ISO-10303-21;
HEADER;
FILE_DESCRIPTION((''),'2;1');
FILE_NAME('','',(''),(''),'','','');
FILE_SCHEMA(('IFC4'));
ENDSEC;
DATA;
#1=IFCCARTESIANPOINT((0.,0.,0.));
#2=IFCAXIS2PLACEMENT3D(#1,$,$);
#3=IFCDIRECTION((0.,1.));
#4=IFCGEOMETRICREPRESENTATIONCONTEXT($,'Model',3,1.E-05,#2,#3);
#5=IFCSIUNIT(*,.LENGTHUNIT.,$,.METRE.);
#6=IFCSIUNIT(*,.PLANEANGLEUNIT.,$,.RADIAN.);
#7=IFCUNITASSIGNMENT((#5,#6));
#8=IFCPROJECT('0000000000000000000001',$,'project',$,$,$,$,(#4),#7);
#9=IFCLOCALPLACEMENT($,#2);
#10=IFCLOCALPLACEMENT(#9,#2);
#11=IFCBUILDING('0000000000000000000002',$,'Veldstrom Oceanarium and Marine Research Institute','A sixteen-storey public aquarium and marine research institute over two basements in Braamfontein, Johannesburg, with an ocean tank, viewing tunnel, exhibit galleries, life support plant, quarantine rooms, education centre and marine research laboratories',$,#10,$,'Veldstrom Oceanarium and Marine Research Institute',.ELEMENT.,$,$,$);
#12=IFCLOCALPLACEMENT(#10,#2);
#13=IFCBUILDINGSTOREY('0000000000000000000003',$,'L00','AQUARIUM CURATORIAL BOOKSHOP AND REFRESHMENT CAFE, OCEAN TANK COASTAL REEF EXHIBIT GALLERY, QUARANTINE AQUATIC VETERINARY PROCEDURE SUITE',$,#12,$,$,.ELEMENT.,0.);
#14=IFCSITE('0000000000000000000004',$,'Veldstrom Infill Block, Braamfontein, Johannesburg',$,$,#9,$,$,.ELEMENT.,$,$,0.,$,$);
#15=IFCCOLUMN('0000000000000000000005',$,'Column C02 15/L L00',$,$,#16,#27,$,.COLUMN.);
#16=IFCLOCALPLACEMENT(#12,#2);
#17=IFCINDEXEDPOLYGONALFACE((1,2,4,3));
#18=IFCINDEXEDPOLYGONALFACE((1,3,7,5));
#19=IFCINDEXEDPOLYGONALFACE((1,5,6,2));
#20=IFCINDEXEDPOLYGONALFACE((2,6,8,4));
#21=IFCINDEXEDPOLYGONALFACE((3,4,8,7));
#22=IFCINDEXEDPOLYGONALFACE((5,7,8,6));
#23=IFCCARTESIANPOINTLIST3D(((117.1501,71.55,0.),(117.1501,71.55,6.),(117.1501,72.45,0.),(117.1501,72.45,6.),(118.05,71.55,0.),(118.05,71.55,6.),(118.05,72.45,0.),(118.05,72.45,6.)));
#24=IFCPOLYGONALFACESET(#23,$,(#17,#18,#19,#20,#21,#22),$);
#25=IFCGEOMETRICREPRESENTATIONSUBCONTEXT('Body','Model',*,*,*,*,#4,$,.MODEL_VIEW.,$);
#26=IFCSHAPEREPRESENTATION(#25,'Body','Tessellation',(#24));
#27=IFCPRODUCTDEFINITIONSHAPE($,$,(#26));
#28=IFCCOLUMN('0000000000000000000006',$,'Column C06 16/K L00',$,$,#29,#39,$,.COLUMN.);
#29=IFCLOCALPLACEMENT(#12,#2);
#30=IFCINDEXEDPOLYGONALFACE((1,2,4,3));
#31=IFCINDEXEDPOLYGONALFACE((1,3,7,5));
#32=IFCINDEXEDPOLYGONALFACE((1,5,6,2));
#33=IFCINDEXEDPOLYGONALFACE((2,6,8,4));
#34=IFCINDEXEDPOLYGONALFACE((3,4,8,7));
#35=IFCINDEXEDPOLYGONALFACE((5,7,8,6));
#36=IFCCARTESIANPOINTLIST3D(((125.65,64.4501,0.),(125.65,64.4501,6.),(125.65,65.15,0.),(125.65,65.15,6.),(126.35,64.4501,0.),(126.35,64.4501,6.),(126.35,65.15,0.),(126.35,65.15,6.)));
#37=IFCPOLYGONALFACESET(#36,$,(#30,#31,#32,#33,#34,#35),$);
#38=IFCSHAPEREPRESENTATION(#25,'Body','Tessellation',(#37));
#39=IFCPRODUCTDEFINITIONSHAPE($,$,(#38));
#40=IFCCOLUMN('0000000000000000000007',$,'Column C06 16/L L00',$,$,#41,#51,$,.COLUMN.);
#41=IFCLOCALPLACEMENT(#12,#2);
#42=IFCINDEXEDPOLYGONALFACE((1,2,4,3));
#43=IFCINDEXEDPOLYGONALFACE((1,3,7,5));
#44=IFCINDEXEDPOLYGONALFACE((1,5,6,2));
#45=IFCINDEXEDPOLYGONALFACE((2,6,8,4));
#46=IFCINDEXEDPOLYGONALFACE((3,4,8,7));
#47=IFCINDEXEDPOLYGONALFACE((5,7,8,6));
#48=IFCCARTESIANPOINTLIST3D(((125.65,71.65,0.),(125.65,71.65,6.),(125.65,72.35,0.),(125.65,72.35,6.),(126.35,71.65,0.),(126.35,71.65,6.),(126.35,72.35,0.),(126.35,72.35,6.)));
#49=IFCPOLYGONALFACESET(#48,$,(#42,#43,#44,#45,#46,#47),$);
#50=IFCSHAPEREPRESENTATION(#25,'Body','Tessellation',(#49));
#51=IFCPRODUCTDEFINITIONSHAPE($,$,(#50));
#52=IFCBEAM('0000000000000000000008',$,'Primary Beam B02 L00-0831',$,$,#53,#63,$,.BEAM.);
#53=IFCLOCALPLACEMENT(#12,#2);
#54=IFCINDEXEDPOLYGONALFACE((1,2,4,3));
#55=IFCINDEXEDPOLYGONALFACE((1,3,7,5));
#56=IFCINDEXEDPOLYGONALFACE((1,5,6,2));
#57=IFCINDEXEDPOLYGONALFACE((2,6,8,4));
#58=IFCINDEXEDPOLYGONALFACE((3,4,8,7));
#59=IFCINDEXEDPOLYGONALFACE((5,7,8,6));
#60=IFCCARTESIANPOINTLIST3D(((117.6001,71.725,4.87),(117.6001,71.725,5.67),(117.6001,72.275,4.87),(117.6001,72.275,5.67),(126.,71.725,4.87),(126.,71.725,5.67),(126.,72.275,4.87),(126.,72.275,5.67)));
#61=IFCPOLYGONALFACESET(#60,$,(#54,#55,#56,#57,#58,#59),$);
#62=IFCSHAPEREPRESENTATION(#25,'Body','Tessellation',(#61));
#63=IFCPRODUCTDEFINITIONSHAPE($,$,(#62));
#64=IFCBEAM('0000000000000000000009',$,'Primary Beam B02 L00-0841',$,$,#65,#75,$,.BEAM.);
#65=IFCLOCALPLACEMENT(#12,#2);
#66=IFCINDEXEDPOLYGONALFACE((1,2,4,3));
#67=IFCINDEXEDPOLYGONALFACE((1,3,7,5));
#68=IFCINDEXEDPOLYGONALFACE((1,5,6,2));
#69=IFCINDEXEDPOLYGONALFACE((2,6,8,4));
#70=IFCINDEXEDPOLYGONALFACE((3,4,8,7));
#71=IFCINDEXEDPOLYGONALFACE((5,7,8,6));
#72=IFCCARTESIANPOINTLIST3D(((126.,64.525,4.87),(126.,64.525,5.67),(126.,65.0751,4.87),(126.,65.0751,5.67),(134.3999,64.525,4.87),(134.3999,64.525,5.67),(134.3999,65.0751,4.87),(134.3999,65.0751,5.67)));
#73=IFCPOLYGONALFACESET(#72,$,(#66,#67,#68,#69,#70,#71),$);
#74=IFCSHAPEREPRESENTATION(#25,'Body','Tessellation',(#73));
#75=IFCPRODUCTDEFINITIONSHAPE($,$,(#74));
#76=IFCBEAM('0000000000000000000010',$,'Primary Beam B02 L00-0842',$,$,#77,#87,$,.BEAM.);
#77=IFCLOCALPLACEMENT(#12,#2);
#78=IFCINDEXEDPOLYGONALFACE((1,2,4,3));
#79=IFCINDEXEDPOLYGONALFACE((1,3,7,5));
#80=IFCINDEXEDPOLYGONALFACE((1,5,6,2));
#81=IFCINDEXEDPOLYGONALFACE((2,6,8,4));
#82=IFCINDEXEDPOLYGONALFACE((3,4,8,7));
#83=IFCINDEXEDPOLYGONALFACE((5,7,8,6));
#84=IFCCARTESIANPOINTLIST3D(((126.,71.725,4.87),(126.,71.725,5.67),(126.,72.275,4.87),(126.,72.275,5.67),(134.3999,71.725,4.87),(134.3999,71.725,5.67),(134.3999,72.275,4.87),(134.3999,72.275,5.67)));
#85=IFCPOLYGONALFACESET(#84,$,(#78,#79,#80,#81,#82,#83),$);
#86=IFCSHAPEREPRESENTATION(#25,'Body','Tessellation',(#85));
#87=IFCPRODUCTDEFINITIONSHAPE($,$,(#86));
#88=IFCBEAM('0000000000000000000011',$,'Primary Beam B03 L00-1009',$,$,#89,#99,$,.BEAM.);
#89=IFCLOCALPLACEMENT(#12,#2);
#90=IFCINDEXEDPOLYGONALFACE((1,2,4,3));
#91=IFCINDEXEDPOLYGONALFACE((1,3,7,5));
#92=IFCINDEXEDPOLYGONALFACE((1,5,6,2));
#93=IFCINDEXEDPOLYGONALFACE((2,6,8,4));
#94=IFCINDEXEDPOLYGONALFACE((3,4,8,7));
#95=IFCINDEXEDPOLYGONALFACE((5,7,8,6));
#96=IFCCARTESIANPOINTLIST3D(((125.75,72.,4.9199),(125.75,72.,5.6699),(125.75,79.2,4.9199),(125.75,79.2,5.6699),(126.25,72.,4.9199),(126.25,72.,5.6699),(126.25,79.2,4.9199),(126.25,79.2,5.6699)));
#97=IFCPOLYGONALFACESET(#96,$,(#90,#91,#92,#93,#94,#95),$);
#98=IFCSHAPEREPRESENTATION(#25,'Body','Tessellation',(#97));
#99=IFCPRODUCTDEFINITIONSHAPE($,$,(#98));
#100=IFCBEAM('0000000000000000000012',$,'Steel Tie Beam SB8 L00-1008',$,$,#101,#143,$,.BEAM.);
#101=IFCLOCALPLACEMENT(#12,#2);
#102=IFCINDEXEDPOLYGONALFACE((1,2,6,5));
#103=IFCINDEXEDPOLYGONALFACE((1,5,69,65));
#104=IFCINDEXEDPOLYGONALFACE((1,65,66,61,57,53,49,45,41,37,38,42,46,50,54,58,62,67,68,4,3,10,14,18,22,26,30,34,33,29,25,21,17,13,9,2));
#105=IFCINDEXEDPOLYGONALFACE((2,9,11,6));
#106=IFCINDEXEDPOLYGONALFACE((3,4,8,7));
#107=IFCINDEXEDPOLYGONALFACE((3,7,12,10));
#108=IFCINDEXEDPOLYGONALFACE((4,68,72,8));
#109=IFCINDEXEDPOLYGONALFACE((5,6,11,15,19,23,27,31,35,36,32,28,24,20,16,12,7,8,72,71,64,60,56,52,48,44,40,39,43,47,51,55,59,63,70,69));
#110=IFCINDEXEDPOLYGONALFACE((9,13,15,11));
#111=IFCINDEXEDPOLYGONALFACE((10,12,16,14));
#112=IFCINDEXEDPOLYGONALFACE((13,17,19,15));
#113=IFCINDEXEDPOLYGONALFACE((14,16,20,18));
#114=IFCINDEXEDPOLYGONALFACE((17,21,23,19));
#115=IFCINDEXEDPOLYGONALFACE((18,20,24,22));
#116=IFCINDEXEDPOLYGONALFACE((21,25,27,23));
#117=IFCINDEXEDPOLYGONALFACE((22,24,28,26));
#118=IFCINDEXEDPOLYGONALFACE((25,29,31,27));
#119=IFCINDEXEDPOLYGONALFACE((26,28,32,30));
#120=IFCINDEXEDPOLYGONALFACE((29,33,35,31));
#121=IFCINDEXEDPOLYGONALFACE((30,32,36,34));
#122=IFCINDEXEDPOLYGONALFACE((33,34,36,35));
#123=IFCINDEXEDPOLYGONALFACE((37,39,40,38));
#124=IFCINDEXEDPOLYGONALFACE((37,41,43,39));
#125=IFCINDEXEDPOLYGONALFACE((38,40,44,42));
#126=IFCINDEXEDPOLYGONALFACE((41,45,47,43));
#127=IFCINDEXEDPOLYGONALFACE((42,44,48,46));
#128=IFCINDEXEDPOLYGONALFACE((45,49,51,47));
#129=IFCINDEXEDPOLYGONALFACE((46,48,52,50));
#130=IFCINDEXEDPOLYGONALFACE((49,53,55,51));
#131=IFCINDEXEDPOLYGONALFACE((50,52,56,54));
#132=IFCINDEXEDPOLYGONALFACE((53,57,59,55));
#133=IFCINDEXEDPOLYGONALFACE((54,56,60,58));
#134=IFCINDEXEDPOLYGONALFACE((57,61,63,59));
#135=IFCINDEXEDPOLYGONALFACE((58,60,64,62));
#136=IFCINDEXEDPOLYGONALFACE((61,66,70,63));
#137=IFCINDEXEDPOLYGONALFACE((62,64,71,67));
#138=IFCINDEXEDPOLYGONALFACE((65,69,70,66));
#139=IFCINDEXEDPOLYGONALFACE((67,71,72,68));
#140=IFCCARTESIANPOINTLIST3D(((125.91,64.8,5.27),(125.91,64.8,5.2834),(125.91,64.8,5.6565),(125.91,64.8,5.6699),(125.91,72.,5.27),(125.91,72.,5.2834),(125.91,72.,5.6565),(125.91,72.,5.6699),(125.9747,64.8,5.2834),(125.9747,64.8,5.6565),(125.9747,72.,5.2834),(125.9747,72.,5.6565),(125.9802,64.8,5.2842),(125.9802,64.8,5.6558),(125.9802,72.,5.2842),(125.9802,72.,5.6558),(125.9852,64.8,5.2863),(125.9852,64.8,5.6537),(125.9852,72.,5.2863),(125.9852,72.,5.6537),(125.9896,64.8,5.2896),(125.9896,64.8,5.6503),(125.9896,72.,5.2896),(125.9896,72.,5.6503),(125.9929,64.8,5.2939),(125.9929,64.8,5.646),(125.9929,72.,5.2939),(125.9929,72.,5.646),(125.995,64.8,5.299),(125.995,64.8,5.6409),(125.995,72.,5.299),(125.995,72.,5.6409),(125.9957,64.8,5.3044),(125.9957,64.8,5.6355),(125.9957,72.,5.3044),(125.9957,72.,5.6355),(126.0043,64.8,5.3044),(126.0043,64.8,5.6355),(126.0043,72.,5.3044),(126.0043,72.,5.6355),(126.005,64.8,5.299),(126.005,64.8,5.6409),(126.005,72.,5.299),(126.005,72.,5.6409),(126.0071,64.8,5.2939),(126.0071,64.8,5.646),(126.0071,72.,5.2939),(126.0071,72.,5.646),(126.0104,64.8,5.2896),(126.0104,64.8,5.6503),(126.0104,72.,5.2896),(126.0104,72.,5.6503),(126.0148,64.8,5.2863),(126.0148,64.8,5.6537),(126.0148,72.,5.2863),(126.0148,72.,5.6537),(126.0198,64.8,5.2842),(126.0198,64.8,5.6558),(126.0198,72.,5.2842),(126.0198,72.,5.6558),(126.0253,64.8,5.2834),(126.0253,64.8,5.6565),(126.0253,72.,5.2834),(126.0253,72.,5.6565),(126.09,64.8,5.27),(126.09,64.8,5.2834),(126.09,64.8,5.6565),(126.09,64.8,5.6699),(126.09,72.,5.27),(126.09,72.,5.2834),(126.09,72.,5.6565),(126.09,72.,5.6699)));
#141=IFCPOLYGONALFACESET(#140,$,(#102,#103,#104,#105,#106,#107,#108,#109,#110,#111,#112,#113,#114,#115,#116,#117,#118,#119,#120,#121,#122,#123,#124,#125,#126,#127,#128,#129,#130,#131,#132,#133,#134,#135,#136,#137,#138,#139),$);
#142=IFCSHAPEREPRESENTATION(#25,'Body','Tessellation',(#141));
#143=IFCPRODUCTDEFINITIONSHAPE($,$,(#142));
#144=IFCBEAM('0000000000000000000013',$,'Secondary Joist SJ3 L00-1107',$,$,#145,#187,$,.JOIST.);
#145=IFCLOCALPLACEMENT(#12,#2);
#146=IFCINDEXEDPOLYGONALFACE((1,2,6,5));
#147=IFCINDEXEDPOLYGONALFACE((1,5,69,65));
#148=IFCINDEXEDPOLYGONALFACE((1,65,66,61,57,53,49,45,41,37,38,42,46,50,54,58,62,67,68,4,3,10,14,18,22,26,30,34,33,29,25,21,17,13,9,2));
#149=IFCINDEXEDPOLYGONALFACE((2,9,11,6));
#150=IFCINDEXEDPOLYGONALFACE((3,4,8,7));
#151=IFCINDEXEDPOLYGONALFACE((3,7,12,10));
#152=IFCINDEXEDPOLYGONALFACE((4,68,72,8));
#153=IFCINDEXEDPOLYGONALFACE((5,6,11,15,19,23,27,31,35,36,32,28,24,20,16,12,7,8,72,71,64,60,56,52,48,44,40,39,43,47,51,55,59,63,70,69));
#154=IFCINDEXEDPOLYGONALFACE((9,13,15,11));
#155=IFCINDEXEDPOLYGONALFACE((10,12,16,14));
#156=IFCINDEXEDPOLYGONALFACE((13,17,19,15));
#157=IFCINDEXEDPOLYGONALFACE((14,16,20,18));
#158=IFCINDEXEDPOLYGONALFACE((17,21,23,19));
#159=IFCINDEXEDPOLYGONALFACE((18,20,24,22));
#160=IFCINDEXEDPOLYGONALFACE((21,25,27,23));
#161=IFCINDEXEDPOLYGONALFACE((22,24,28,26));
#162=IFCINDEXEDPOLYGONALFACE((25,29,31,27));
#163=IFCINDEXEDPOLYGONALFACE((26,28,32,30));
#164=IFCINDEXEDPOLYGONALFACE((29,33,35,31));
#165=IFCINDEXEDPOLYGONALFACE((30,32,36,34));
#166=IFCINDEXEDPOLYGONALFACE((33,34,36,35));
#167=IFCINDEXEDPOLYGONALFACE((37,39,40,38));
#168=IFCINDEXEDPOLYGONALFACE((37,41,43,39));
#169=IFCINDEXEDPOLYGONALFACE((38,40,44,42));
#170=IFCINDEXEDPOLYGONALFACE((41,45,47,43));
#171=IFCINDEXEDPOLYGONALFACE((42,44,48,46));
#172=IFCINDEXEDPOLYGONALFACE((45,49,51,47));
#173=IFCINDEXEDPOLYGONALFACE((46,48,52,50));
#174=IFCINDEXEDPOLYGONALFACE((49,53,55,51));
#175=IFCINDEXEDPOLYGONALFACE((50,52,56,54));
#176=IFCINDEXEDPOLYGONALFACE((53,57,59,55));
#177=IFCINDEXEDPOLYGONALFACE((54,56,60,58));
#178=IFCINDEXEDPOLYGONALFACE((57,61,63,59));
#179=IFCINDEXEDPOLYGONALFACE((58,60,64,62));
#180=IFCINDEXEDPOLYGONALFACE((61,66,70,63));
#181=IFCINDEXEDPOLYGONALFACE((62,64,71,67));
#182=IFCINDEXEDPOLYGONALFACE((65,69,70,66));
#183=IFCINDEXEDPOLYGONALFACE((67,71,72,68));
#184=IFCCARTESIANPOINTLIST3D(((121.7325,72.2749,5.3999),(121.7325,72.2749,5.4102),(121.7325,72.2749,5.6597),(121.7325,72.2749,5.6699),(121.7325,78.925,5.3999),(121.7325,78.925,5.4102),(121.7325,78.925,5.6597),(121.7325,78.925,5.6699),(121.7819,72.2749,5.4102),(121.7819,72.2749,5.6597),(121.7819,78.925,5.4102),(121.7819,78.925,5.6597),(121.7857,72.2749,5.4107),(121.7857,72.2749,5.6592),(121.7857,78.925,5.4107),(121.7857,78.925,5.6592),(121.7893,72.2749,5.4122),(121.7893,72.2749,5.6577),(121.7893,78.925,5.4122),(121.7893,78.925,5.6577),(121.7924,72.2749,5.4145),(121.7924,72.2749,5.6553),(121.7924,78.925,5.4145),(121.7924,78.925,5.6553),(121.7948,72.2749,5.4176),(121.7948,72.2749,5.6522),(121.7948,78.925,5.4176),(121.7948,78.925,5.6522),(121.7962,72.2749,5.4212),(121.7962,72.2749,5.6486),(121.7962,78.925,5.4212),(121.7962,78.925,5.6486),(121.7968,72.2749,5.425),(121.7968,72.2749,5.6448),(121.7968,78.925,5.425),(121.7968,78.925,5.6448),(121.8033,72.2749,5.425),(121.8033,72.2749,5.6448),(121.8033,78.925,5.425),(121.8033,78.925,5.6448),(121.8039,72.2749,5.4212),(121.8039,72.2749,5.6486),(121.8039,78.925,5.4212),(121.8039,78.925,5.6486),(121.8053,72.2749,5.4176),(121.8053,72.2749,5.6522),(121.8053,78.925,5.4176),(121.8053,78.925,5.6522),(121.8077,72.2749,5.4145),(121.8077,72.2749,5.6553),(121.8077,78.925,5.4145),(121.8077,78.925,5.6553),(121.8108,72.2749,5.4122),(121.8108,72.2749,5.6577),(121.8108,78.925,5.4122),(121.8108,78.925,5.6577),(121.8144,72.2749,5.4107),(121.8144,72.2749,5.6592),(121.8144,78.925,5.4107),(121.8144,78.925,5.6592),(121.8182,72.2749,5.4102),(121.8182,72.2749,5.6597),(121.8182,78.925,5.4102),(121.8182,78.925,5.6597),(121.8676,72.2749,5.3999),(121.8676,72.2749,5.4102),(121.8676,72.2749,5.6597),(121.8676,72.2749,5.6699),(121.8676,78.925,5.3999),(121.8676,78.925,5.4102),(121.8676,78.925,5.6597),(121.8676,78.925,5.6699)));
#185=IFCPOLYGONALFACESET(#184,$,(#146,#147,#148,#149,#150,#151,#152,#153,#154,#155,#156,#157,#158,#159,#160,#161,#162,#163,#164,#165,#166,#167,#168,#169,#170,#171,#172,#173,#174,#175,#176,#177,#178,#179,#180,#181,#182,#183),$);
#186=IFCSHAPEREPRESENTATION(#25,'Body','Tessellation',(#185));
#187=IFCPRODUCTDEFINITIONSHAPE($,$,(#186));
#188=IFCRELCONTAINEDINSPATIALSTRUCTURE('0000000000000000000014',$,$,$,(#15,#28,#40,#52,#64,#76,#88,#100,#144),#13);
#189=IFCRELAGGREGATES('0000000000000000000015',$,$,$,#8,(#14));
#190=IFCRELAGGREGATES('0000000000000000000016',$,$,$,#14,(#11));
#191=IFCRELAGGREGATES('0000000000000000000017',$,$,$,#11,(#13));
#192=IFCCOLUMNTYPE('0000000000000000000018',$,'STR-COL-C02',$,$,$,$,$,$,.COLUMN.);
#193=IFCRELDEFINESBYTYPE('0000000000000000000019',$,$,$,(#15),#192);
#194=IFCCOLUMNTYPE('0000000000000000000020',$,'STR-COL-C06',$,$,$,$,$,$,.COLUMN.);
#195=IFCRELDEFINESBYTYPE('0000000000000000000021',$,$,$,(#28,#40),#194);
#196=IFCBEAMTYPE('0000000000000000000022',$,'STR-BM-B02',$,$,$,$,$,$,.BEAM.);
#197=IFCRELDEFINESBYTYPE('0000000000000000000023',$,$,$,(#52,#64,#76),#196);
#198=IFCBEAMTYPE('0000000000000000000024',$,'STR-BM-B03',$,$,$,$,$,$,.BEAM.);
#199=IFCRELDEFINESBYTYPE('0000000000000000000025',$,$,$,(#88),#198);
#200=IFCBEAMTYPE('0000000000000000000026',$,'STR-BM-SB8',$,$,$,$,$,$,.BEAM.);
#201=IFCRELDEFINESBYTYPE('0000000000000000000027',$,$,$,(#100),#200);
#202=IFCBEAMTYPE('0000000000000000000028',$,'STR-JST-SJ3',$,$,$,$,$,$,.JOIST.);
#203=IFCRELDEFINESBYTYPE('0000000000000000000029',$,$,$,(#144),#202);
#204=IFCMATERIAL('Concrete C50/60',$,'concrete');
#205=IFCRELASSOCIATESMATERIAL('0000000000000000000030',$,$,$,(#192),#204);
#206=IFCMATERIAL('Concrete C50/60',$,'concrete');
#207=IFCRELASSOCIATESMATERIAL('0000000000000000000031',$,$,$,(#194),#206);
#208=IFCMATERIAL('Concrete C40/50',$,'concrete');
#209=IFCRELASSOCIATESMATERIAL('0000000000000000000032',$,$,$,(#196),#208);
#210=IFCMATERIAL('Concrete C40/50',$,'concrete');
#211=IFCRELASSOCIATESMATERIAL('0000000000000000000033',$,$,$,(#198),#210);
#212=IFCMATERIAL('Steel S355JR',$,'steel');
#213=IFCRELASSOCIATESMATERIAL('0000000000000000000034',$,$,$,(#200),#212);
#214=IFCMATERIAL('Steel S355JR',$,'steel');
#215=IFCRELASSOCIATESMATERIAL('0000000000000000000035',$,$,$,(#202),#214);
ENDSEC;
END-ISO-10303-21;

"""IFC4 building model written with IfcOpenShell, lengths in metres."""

from ifc_helpers import new_model, si_unit, direction, frame, origin, origin_2d, place, context, subcontext, project, spatial, rectangle, i_section, extrude, material, material_profile, profile_set, type_object, element, save


model = new_model("IFC4")

# Units and contexts
model_context = context("Model", 3, precision=1e-05, world=origin(), true_north=direction((0.0, 1.0)))
body_context = subcontext(model_context, "Body", "Model", "MODEL_VIEW")
ifc_project = project(units=[si_unit("LENGTHUNIT", "METRE"), si_unit("PLANEANGLEUNIT", "RADIAN")], contexts=[model_context])

# Site, building, storey
site_placement = place(None, origin())
site = spatial("IfcSite", under=ifc_project, at=site_placement, Name="Veldstrom Infill Block, Braamfontein, Johannesburg", CompositionType="ELEMENT", RefElevation=0.0)
building_placement = place(site_placement, origin())
building = spatial("IfcBuilding", under=site, at=building_placement, Name="Veldstrom Oceanarium and Marine Research Institute", Description="A sixteen-storey public aquarium and marine research institute over two basements in Braamfontein, Johannesburg, with an ocean tank, viewing tunnel, exhibit galleries, life support plant, quarantine rooms, education centre and marine research laboratories", LongName="Veldstrom Oceanarium and Marine Research Institute", CompositionType="ELEMENT")
storey_placement = place(building_placement, origin())
storey = spatial("IfcBuildingStorey", under=building, at=storey_placement, Name="L00", Description="AQUARIUM CURATORIAL BOOKSHOP AND REFRESHMENT CAFE, OCEAN TANK COASTAL REEF EXHIBIT GALLERY, QUARANTINE AQUATIC VETERINARY PROCEDURE SUITE", CompositionType="ELEMENT", Elevation=0.0)

# Columns
ifc_material_1 = material(Name="Concrete C50/60", Category="concrete")
ifc_material_profile_1 = material_profile(ifc_material_1, rectangle(XDim=0.8999, YDim=0.8999, at=origin_2d()), Name="RC-COL-900x900")
ifc_profile_set_1 = profile_set([ifc_material_profile_1], Name="Concrete C50/60")
column_type_1 = type_object("IfcColumnType", Name="STR-COL-C02", PredefinedType="COLUMN", material=ifc_profile_set_1)
column_placement = place(storey_placement, frame((117.6001, 72.0, 0.0), z_axis=(0.0, 0.0, 1.0), x_axis=(1.0, 0.0, 0.0)))
element("IfcColumn", 1, at=column_placement, inside=storey, type_object=column_type_1, Name="Column C02 15/L L00", PredefinedType="COLUMN", context=body_context, shape_type="SweptSolid", body=[
    extrude(rectangle(XDim=0.8999, YDim=0.8999, at=origin_2d()), origin(), (0.0, 0.0, 1.0), 6.0),
])
ifc_material_2 = material(Name="Concrete C50/60", Category="concrete")
ifc_material_profile_2 = material_profile(ifc_material_2, rectangle(XDim=0.7, YDim=0.7, at=origin_2d()), Name="RC-COL-700x700")
ifc_profile_set_2 = profile_set([ifc_material_profile_2], Name="Concrete C50/60")
column_type_2 = type_object("IfcColumnType", Name="STR-COL-C06", PredefinedType="COLUMN", material=ifc_profile_set_2)
for number, where, z_axis, x_axis, name in (
    (2, (126.0, 64.8, 0.0), (0.0, 0.0, 1.0), (1.0, 0.0, 0.0), "Column C06 16/K L00"),
    (3, (126.0, 72.0, 0.0), (0.0, 0.0, 1.0), (1.0, 0.0, 0.0), "Column C06 16/L L00"),
):
    element("IfcColumn", number, at=place(storey_placement, frame(where, z_axis=z_axis, x_axis=x_axis)), inside=storey, type_object=column_type_2, Name=name, PredefinedType="COLUMN", context=body_context, shape_type="SweptSolid", body=[
        extrude(rectangle(XDim=0.7, YDim=0.7, at=origin_2d()), origin(), (0.0, 0.0, 1.0), 6.0),
    ])

# Beams
ifc_material_3 = material(Name="Concrete C40/50", Category="concrete")
ifc_material_profile_3 = material_profile(ifc_material_3, rectangle(XDim=0.55, YDim=0.8, at=origin_2d()), Name="RC-BM-550x800")
ifc_profile_set_3 = profile_set([ifc_material_profile_3], Name="Concrete C40/50")
beam_type_1 = type_object("IfcBeamType", Name="STR-BM-B02", PredefinedType="BEAM", material=ifc_profile_set_3)
for number, where, z_axis, x_axis, name in (
    (4, (117.6001, 72.0, 5.27), (1.0, 0.0, 0.0), (0.0, 1.0, 0.0), "Primary Beam B02 L00-0831"),
    (5, (126.0, 64.8, 5.27), (1.0, 0.0, 0.0), (0.0, 1.0, 0.0), "Primary Beam B02 L00-0841"),
    (6, (126.0, 72.0, 5.27), (1.0, 0.0, 0.0), (0.0, 1.0, 0.0), "Primary Beam B02 L00-0842"),
):
    element("IfcBeam", number, at=place(storey_placement, frame(where, z_axis=z_axis, x_axis=x_axis)), inside=storey, type_object=beam_type_1, Name=name, PredefinedType="BEAM", context=body_context, shape_type="SweptSolid", body=[
        extrude(rectangle(XDim=0.55, YDim=0.8, at=origin_2d()), origin(), (0.0, 0.0, 1.0), 8.3999),
    ])
ifc_material_4 = material(Name="Concrete C40/50", Category="concrete")
ifc_material_profile_4 = material_profile(ifc_material_4, rectangle(XDim=0.5, YDim=0.75, at=origin_2d()), Name="RC-BM-500x750")
ifc_profile_set_4 = profile_set([ifc_material_profile_4], Name="Concrete C40/50")
beam_type_2 = type_object("IfcBeamType", Name="STR-BM-B03", PredefinedType="BEAM", material=ifc_profile_set_4)
beam_1_placement = place(storey_placement, frame((126.0, 72.0, 5.2949), z_axis=(0.0, 1.0, 0.0), x_axis=(-1.0, 0.0, 0.0)))
element("IfcBeam", 7, at=beam_1_placement, inside=storey, type_object=beam_type_2, Name="Primary Beam B03 L00-1009", PredefinedType="BEAM", context=body_context, shape_type="SweptSolid", body=[
    extrude(rectangle(XDim=0.5, YDim=0.75, at=origin_2d()), origin(), (0.0, 0.0, 1.0), 7.2),
])
ifc_material_5 = material(Name="Steel S355JR", Category="steel")
ifc_material_profile_5 = material_profile(ifc_material_5, i_section(OverallWidth=0.1799, OverallDepth=0.3999, WebThickness=0.0085, FlangeThickness=0.0134, FilletRadius=0.021, at=origin_2d()), Name="IPE 400")
ifc_profile_set_5 = profile_set([ifc_material_profile_5], Name="Steel S355JR")
beam_type_3 = type_object("IfcBeamType", Name="STR-BM-SB8", PredefinedType="BEAM", material=ifc_profile_set_5)
beam_2_placement = place(storey_placement, frame((126.0, 64.8, 5.47), z_axis=(0.0, 1.0, 0.0), x_axis=(-1.0, 0.0, 0.0)))
element("IfcBeam", 8, at=beam_2_placement, inside=storey, type_object=beam_type_3, Name="Steel Tie Beam SB8 L00-1008", PredefinedType="BEAM", context=body_context, shape_type="SweptSolid", body=[
    extrude(i_section(OverallWidth=0.1799, OverallDepth=0.3999, WebThickness=0.0085, FlangeThickness=0.0134, FilletRadius=0.021, at=origin_2d()), origin(), (0.0, 0.0, 1.0), 7.2),
])
ifc_material_6 = material(Name="Steel S355JR", Category="steel")
ifc_material_profile_6 = material_profile(ifc_material_6, i_section(OverallWidth=0.135, OverallDepth=0.27, WebThickness=0.0066, FlangeThickness=0.0103, FilletRadius=0.0149, at=origin_2d()), Name="IPE 270")
ifc_profile_set_6 = profile_set([ifc_material_profile_6], Name="Steel S355JR")
beam_type_4 = type_object("IfcBeamType", Name="STR-JST-SJ3", PredefinedType="JOIST", material=ifc_profile_set_6)
beam_3_placement = place(storey_placement, frame((121.8, 72.2749, 5.5349), z_axis=(0.0, 1.0, 0.0), x_axis=(-1.0, 0.0, 0.0)))
element("IfcBeam", 9, at=beam_3_placement, inside=storey, type_object=beam_type_4, Name="Secondary Joist SJ3 L00-1107", PredefinedType="JOIST", context=body_context, shape_type="SweptSolid", body=[
    extrude(i_section(OverallWidth=0.135, OverallDepth=0.27, WebThickness=0.0066, FlangeThickness=0.0103, FilletRadius=0.0149, at=origin_2d()), origin(), (0.0, 0.0, 1.0), 6.6501),
])

save(model, "model.ifc")
